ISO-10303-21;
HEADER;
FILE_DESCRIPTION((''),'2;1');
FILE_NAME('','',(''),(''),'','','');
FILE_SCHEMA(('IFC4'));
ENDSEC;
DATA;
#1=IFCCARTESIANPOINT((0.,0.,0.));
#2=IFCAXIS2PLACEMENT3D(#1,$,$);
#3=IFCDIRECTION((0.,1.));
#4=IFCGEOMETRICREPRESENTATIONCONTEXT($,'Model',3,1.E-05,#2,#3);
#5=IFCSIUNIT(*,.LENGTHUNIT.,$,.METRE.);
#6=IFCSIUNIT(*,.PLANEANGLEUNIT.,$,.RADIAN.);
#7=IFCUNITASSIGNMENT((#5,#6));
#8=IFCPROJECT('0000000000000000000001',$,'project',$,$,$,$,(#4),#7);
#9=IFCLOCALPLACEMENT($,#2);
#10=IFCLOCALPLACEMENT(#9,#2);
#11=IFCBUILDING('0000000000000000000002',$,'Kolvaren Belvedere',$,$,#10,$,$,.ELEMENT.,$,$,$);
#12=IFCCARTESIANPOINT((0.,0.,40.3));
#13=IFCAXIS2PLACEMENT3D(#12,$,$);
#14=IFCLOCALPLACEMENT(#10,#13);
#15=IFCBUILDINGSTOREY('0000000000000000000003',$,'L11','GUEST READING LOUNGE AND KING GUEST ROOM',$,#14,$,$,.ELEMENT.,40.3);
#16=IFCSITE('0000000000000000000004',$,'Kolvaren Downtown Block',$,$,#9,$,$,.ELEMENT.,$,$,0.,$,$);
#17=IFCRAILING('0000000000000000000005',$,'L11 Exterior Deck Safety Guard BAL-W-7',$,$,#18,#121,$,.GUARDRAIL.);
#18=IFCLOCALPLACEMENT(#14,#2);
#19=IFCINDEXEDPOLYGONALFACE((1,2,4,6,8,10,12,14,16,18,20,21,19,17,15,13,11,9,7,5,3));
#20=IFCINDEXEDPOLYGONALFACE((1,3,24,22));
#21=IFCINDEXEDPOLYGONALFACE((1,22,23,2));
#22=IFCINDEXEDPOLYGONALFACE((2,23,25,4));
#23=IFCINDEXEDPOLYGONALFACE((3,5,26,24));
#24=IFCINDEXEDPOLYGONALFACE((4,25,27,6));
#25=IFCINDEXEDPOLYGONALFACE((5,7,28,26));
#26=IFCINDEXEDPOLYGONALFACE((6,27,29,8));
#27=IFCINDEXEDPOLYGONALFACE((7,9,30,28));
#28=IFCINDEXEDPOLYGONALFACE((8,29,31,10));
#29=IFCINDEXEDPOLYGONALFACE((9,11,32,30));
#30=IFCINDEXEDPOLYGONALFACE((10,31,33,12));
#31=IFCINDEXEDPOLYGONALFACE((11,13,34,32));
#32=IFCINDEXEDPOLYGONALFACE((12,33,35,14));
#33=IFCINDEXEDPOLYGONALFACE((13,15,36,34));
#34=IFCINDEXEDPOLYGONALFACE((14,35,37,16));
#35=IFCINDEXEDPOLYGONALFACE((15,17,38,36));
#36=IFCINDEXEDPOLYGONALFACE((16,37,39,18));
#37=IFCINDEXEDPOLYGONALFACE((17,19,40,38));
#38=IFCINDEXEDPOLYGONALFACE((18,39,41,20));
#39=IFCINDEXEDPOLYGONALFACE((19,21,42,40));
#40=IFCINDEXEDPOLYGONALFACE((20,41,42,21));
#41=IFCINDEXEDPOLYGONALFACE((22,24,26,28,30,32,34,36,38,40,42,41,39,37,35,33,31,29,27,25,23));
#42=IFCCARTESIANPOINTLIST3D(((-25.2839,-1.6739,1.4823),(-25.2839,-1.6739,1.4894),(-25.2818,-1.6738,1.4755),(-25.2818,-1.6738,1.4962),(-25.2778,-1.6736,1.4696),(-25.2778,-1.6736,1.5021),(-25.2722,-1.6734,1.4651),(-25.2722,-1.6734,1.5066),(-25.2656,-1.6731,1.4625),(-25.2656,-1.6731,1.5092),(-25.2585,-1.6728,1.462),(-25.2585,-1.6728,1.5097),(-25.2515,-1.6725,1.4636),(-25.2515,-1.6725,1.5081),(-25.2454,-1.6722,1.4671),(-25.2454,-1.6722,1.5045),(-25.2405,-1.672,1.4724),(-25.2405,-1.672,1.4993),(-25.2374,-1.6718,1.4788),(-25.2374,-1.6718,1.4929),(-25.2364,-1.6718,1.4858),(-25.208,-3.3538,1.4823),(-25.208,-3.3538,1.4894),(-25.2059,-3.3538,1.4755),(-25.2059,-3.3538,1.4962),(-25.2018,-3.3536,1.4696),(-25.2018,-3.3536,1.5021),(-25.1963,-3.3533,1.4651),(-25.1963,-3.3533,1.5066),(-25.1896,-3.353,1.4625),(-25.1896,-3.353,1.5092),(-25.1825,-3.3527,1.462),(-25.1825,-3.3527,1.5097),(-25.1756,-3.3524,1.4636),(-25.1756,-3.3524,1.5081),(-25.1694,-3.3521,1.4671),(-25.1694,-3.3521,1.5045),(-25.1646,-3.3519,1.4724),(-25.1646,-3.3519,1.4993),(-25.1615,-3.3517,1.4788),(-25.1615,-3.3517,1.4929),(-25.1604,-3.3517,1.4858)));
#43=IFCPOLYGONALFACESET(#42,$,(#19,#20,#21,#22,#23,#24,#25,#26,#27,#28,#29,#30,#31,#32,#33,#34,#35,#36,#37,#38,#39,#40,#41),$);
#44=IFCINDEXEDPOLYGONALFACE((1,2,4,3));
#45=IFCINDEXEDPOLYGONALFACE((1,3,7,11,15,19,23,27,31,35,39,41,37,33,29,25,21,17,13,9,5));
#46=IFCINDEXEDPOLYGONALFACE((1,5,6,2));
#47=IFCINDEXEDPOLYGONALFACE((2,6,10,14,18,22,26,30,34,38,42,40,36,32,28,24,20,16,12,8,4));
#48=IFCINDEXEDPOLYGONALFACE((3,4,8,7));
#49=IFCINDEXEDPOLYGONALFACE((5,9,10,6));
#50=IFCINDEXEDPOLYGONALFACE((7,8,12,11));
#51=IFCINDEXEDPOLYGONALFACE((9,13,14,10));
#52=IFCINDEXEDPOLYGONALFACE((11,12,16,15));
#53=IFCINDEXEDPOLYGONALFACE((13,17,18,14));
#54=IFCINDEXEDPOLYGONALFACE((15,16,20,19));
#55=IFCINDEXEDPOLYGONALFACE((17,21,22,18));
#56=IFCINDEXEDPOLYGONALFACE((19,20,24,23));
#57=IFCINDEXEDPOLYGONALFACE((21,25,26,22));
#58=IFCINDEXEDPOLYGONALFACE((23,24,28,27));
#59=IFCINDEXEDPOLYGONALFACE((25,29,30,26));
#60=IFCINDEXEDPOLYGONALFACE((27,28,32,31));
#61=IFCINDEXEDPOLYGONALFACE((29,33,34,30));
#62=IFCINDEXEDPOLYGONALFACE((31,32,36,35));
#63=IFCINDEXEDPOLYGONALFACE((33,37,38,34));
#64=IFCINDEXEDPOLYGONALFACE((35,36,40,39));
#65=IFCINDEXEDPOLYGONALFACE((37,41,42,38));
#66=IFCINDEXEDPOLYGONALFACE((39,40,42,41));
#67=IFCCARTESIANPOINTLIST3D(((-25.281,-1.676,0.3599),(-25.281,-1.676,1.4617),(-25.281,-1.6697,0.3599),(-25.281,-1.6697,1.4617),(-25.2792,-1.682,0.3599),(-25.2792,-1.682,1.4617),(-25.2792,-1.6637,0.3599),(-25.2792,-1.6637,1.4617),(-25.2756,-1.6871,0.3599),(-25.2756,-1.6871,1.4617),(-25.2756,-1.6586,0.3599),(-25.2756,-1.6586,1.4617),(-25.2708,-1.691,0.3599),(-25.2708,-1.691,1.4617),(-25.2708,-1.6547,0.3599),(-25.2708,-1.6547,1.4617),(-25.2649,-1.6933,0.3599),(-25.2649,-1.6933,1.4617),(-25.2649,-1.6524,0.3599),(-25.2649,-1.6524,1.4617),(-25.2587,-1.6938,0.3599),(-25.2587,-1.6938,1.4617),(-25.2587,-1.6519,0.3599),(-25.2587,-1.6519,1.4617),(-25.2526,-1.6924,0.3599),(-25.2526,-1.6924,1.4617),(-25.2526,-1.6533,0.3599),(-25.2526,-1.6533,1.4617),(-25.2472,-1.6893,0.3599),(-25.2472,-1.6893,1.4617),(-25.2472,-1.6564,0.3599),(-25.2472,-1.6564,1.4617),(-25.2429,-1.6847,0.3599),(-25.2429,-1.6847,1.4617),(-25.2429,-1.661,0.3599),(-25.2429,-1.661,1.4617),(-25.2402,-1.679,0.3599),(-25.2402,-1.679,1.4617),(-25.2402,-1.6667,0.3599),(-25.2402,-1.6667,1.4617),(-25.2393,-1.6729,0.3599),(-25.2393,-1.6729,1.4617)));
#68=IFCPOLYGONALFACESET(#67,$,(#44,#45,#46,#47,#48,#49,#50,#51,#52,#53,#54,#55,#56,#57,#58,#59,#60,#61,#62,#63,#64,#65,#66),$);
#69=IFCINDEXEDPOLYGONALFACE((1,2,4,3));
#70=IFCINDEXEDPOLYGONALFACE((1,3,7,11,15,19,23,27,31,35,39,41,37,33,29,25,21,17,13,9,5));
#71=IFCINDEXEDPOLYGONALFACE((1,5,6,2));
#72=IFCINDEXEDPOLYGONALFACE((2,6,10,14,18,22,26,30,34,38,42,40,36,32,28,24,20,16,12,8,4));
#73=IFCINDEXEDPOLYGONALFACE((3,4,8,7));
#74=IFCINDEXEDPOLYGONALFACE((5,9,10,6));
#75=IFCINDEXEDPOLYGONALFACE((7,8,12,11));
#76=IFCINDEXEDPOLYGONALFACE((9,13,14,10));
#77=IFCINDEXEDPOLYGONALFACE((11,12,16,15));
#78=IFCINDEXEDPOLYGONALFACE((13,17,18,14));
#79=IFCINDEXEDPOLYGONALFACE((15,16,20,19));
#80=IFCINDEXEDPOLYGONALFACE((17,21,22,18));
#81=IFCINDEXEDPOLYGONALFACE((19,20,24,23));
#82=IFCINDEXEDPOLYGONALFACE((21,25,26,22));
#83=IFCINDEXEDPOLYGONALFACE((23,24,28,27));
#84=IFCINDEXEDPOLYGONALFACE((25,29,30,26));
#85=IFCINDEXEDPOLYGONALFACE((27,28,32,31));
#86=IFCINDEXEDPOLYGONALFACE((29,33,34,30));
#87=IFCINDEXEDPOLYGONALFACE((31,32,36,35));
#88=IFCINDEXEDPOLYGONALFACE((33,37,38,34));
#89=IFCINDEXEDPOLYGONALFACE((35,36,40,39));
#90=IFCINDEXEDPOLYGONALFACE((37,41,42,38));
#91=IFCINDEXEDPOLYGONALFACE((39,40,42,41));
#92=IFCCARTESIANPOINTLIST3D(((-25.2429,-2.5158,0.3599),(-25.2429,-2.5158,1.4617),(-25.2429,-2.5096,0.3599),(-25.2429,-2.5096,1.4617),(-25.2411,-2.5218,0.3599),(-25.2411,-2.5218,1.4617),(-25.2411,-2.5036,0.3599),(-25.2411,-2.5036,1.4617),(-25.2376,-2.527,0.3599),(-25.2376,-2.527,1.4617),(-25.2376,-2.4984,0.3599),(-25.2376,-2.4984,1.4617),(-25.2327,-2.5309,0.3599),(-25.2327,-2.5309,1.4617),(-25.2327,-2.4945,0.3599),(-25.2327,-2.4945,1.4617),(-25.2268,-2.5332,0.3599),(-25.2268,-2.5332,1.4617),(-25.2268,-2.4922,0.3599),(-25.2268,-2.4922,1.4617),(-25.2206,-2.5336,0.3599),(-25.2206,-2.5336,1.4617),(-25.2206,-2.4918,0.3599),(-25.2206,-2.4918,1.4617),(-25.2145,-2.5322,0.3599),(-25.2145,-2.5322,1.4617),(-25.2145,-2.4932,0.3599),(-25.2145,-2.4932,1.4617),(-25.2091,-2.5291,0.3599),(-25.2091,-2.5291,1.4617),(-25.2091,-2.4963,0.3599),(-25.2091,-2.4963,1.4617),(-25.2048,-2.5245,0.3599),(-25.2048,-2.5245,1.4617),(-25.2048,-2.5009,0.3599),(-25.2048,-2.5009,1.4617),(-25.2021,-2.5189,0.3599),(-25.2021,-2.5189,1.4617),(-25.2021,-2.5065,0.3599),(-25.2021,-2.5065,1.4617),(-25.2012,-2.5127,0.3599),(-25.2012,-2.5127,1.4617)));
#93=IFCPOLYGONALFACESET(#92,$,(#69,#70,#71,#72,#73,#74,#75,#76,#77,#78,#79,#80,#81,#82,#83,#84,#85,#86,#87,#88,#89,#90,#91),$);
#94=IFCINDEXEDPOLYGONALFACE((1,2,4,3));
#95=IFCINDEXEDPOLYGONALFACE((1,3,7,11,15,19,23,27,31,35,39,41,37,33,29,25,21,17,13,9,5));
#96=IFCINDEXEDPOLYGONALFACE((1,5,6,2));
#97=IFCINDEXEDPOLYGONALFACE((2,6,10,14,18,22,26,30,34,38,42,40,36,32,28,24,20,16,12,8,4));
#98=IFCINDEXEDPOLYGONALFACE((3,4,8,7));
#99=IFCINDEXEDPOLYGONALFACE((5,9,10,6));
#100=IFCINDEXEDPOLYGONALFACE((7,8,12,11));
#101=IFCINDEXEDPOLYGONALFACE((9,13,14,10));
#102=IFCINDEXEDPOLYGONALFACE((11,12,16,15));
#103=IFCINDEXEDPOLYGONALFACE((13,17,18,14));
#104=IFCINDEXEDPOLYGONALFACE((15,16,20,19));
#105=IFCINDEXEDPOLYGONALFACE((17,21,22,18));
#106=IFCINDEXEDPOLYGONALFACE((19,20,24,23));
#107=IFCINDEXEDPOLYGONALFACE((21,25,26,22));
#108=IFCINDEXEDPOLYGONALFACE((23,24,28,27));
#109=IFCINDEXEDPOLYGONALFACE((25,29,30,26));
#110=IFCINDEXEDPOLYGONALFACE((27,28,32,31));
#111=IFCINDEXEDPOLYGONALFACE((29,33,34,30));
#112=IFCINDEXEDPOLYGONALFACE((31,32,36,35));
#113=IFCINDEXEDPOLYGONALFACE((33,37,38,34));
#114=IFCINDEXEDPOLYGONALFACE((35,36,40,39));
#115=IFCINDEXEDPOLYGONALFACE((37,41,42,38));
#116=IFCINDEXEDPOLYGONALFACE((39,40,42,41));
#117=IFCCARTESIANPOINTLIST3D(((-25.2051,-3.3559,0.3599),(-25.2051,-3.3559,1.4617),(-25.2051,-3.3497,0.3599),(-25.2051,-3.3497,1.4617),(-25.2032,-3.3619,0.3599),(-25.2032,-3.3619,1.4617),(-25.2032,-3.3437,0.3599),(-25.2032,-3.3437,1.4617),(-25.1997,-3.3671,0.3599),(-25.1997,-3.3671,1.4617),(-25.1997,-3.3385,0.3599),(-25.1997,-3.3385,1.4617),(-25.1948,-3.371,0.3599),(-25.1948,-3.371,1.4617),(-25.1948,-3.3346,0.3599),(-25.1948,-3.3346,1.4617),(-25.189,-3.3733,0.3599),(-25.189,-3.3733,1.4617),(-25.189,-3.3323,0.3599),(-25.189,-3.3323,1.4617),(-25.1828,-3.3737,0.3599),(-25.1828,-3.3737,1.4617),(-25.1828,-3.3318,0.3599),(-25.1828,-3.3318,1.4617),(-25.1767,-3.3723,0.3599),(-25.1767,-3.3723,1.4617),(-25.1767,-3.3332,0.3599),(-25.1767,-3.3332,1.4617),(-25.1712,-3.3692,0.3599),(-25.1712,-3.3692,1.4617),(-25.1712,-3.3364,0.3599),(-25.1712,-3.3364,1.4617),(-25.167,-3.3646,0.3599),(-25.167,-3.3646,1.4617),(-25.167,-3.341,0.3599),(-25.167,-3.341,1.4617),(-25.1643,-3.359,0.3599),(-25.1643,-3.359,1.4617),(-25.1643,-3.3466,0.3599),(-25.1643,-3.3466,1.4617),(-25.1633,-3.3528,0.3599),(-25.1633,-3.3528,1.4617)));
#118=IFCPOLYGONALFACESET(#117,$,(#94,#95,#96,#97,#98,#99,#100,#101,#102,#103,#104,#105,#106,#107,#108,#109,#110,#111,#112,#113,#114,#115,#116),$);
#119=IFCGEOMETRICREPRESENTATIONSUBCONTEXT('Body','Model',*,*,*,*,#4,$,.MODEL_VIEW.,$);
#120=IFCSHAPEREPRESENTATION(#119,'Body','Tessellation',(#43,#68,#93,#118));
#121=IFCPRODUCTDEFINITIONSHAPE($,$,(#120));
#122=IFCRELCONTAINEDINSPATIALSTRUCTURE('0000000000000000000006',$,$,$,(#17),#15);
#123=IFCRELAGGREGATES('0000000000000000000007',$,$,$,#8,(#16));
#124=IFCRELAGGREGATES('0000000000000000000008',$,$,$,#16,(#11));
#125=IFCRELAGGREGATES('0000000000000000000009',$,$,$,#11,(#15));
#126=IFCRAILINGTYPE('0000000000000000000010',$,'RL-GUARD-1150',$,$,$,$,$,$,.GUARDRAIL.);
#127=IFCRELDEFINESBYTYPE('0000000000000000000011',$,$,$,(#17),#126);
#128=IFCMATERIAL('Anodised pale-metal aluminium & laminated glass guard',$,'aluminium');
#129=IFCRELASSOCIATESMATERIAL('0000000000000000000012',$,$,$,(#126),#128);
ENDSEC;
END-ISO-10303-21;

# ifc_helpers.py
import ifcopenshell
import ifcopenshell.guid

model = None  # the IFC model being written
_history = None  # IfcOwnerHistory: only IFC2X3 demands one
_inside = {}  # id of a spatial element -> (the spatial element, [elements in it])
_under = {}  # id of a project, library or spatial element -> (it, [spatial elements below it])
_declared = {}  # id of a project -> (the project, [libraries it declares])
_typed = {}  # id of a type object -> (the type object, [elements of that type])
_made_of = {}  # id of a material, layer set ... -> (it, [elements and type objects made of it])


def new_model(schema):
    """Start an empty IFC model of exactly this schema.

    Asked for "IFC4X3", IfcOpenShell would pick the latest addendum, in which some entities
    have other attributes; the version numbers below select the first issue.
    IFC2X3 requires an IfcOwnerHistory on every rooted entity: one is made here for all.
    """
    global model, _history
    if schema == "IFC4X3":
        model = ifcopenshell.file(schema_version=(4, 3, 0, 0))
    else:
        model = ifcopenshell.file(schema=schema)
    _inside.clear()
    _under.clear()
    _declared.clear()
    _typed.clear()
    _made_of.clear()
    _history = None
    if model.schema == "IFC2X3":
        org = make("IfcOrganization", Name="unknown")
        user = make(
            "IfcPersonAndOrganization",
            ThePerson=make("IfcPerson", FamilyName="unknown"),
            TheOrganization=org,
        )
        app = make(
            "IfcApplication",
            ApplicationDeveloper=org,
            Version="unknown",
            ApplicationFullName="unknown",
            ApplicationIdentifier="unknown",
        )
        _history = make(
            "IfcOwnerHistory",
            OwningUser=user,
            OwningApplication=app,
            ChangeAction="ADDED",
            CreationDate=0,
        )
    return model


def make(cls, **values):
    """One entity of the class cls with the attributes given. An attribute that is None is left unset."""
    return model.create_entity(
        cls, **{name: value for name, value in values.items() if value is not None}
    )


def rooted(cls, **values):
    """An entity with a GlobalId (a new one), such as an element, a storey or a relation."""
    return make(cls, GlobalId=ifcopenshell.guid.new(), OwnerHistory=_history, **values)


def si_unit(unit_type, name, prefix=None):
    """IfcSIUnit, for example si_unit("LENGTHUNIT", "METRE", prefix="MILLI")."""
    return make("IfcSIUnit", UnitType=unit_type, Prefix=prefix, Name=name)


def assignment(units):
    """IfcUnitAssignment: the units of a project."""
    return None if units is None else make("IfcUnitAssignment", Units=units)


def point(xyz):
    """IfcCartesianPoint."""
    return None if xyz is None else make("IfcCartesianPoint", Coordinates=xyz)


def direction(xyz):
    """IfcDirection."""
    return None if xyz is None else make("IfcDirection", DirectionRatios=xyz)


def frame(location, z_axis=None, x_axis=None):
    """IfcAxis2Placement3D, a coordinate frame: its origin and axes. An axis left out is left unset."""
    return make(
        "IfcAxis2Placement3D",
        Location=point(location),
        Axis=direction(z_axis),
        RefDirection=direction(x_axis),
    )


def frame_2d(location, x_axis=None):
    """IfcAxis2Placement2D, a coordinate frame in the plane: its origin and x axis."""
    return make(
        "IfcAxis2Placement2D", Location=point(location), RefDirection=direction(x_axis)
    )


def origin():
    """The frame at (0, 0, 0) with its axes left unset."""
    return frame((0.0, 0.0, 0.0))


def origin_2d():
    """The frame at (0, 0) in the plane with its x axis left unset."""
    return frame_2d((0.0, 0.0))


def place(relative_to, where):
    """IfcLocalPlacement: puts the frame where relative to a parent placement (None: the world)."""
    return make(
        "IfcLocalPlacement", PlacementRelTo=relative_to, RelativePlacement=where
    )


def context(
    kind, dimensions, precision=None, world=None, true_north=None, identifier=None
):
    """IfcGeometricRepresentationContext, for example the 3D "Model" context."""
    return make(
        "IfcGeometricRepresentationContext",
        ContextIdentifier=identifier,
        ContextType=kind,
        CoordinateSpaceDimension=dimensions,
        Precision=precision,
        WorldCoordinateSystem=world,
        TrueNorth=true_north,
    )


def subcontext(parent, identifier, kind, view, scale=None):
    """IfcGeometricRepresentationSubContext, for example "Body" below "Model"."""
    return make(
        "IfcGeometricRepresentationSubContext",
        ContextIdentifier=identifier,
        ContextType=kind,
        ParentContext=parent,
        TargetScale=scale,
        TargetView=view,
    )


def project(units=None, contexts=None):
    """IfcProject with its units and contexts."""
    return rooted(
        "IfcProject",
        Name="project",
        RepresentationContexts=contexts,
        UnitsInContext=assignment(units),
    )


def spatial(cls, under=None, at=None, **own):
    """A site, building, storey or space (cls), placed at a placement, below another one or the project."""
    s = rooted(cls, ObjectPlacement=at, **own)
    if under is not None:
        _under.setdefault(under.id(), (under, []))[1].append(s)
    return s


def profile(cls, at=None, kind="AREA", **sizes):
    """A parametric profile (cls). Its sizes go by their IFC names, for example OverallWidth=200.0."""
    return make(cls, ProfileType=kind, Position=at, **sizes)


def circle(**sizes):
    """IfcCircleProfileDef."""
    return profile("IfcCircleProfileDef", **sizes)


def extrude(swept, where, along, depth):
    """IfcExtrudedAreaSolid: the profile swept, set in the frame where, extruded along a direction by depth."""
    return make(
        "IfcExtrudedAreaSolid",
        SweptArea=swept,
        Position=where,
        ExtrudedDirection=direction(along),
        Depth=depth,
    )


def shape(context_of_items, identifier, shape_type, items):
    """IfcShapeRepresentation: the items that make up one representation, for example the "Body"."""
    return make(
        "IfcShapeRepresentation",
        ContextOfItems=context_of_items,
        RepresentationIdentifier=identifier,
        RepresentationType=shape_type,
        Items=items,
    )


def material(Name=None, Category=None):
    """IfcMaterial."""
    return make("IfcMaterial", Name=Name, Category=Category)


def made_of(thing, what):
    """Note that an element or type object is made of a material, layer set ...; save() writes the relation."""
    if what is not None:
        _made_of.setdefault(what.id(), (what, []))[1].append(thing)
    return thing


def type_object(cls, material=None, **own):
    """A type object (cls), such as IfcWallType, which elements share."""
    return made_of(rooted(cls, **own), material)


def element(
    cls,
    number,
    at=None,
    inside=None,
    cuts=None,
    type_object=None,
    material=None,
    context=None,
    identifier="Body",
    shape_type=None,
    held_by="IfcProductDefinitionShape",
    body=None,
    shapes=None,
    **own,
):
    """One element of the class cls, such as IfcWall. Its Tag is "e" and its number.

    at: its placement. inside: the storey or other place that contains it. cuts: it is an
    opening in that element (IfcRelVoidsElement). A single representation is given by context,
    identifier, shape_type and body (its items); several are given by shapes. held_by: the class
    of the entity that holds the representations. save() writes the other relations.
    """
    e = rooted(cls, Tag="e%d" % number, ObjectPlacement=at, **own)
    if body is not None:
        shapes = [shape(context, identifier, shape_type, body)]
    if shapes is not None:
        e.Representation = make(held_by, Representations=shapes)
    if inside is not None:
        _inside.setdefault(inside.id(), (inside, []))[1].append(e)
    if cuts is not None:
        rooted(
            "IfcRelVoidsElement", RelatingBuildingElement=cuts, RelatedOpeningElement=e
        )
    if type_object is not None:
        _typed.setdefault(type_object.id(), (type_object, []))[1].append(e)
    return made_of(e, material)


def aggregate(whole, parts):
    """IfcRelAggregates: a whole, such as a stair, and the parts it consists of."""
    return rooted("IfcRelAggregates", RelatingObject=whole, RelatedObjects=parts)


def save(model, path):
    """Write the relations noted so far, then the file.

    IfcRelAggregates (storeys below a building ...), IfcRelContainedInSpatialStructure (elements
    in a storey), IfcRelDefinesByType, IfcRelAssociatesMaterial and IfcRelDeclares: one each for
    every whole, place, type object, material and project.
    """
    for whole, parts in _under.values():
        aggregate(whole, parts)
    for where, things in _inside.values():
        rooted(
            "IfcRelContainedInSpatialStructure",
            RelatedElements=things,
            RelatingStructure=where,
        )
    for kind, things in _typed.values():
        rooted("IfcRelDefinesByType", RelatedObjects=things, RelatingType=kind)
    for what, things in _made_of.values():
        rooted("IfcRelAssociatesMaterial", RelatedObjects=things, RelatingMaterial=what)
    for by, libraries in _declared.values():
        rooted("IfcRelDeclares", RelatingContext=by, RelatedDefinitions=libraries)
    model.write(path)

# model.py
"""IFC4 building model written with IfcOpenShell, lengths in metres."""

from ifc_helpers import new_model, si_unit, direction, frame, origin, origin_2d, place, context, subcontext, project, spatial, circle, extrude, material, type_object, element, save


model = new_model("IFC4")

# Units and contexts
model_context = context("Model", 3, precision=1e-05, world=origin(), true_north=direction((0.0, 1.0)))
body_context = subcontext(model_context, "Body", "Model", "MODEL_VIEW")
ifc_project = project(units=[si_unit("LENGTHUNIT", "METRE"), si_unit("PLANEANGLEUNIT", "RADIAN")], contexts=[model_context])

# Site, building, storey
site_placement = place(None, origin())
site = spatial("IfcSite", under=ifc_project, at=site_placement, Name="Kolvaren Downtown Block", CompositionType="ELEMENT", RefElevation=0.0)
building_placement = place(site_placement, origin())
building = spatial("IfcBuilding", under=site, at=building_placement, Name="Kolvaren Belvedere", CompositionType="ELEMENT")
storey_placement = place(building_placement, frame((0.0, 0.0, 40.3)))
storey = spatial("IfcBuildingStorey", under=building, at=storey_placement, Name="L11", Description="GUEST READING LOUNGE AND KING GUEST ROOM", CompositionType="ELEMENT", Elevation=40.3)

# Railing
ifc_material_1 = material(Name="Anodised pale-metal aluminium & laminated glass guard", Category="aluminium")
railing_type = type_object("IfcRailingType", Name="RL-GUARD-1150", PredefinedType="GUARDRAIL", material=ifc_material_1)
railing_1_placement = place(storey_placement, frame((-25.2603, -1.6729, 0.3599)))
element("IfcRailing", 1, at=railing_1_placement, inside=storey, type_object=railing_type, Name="L11 Exterior Deck Safety Guard BAL-W-7", PredefinedType="GUARDRAIL", context=body_context, shape_type="SweptSolid", body=[
    extrude(circle(Radius=0.0239, at=origin_2d()), frame((0.0, 0.0, 1.126), z_axis=(0.045151, -0.99898, 0.0), x_axis=(0.99898, 0.045151, 0.0)), (0.0, 0.0, 1.0), 1.6816),
    extrude(circle(Radius=0.021, at=origin_2d()), origin(), (0.0, 0.0, 1.0), 1.1018),
    extrude(circle(Radius=0.021, at=origin_2d()), frame((0.0381, -0.8398, 0.0)), (0.0, 0.0, 1.0), 1.1018),
    extrude(circle(Radius=0.021, at=origin_2d()), frame((0.0759, -1.6799, 0.0)), (0.0, 0.0, 1.0), 1.1018),
])

save(model, "model.ifc")
